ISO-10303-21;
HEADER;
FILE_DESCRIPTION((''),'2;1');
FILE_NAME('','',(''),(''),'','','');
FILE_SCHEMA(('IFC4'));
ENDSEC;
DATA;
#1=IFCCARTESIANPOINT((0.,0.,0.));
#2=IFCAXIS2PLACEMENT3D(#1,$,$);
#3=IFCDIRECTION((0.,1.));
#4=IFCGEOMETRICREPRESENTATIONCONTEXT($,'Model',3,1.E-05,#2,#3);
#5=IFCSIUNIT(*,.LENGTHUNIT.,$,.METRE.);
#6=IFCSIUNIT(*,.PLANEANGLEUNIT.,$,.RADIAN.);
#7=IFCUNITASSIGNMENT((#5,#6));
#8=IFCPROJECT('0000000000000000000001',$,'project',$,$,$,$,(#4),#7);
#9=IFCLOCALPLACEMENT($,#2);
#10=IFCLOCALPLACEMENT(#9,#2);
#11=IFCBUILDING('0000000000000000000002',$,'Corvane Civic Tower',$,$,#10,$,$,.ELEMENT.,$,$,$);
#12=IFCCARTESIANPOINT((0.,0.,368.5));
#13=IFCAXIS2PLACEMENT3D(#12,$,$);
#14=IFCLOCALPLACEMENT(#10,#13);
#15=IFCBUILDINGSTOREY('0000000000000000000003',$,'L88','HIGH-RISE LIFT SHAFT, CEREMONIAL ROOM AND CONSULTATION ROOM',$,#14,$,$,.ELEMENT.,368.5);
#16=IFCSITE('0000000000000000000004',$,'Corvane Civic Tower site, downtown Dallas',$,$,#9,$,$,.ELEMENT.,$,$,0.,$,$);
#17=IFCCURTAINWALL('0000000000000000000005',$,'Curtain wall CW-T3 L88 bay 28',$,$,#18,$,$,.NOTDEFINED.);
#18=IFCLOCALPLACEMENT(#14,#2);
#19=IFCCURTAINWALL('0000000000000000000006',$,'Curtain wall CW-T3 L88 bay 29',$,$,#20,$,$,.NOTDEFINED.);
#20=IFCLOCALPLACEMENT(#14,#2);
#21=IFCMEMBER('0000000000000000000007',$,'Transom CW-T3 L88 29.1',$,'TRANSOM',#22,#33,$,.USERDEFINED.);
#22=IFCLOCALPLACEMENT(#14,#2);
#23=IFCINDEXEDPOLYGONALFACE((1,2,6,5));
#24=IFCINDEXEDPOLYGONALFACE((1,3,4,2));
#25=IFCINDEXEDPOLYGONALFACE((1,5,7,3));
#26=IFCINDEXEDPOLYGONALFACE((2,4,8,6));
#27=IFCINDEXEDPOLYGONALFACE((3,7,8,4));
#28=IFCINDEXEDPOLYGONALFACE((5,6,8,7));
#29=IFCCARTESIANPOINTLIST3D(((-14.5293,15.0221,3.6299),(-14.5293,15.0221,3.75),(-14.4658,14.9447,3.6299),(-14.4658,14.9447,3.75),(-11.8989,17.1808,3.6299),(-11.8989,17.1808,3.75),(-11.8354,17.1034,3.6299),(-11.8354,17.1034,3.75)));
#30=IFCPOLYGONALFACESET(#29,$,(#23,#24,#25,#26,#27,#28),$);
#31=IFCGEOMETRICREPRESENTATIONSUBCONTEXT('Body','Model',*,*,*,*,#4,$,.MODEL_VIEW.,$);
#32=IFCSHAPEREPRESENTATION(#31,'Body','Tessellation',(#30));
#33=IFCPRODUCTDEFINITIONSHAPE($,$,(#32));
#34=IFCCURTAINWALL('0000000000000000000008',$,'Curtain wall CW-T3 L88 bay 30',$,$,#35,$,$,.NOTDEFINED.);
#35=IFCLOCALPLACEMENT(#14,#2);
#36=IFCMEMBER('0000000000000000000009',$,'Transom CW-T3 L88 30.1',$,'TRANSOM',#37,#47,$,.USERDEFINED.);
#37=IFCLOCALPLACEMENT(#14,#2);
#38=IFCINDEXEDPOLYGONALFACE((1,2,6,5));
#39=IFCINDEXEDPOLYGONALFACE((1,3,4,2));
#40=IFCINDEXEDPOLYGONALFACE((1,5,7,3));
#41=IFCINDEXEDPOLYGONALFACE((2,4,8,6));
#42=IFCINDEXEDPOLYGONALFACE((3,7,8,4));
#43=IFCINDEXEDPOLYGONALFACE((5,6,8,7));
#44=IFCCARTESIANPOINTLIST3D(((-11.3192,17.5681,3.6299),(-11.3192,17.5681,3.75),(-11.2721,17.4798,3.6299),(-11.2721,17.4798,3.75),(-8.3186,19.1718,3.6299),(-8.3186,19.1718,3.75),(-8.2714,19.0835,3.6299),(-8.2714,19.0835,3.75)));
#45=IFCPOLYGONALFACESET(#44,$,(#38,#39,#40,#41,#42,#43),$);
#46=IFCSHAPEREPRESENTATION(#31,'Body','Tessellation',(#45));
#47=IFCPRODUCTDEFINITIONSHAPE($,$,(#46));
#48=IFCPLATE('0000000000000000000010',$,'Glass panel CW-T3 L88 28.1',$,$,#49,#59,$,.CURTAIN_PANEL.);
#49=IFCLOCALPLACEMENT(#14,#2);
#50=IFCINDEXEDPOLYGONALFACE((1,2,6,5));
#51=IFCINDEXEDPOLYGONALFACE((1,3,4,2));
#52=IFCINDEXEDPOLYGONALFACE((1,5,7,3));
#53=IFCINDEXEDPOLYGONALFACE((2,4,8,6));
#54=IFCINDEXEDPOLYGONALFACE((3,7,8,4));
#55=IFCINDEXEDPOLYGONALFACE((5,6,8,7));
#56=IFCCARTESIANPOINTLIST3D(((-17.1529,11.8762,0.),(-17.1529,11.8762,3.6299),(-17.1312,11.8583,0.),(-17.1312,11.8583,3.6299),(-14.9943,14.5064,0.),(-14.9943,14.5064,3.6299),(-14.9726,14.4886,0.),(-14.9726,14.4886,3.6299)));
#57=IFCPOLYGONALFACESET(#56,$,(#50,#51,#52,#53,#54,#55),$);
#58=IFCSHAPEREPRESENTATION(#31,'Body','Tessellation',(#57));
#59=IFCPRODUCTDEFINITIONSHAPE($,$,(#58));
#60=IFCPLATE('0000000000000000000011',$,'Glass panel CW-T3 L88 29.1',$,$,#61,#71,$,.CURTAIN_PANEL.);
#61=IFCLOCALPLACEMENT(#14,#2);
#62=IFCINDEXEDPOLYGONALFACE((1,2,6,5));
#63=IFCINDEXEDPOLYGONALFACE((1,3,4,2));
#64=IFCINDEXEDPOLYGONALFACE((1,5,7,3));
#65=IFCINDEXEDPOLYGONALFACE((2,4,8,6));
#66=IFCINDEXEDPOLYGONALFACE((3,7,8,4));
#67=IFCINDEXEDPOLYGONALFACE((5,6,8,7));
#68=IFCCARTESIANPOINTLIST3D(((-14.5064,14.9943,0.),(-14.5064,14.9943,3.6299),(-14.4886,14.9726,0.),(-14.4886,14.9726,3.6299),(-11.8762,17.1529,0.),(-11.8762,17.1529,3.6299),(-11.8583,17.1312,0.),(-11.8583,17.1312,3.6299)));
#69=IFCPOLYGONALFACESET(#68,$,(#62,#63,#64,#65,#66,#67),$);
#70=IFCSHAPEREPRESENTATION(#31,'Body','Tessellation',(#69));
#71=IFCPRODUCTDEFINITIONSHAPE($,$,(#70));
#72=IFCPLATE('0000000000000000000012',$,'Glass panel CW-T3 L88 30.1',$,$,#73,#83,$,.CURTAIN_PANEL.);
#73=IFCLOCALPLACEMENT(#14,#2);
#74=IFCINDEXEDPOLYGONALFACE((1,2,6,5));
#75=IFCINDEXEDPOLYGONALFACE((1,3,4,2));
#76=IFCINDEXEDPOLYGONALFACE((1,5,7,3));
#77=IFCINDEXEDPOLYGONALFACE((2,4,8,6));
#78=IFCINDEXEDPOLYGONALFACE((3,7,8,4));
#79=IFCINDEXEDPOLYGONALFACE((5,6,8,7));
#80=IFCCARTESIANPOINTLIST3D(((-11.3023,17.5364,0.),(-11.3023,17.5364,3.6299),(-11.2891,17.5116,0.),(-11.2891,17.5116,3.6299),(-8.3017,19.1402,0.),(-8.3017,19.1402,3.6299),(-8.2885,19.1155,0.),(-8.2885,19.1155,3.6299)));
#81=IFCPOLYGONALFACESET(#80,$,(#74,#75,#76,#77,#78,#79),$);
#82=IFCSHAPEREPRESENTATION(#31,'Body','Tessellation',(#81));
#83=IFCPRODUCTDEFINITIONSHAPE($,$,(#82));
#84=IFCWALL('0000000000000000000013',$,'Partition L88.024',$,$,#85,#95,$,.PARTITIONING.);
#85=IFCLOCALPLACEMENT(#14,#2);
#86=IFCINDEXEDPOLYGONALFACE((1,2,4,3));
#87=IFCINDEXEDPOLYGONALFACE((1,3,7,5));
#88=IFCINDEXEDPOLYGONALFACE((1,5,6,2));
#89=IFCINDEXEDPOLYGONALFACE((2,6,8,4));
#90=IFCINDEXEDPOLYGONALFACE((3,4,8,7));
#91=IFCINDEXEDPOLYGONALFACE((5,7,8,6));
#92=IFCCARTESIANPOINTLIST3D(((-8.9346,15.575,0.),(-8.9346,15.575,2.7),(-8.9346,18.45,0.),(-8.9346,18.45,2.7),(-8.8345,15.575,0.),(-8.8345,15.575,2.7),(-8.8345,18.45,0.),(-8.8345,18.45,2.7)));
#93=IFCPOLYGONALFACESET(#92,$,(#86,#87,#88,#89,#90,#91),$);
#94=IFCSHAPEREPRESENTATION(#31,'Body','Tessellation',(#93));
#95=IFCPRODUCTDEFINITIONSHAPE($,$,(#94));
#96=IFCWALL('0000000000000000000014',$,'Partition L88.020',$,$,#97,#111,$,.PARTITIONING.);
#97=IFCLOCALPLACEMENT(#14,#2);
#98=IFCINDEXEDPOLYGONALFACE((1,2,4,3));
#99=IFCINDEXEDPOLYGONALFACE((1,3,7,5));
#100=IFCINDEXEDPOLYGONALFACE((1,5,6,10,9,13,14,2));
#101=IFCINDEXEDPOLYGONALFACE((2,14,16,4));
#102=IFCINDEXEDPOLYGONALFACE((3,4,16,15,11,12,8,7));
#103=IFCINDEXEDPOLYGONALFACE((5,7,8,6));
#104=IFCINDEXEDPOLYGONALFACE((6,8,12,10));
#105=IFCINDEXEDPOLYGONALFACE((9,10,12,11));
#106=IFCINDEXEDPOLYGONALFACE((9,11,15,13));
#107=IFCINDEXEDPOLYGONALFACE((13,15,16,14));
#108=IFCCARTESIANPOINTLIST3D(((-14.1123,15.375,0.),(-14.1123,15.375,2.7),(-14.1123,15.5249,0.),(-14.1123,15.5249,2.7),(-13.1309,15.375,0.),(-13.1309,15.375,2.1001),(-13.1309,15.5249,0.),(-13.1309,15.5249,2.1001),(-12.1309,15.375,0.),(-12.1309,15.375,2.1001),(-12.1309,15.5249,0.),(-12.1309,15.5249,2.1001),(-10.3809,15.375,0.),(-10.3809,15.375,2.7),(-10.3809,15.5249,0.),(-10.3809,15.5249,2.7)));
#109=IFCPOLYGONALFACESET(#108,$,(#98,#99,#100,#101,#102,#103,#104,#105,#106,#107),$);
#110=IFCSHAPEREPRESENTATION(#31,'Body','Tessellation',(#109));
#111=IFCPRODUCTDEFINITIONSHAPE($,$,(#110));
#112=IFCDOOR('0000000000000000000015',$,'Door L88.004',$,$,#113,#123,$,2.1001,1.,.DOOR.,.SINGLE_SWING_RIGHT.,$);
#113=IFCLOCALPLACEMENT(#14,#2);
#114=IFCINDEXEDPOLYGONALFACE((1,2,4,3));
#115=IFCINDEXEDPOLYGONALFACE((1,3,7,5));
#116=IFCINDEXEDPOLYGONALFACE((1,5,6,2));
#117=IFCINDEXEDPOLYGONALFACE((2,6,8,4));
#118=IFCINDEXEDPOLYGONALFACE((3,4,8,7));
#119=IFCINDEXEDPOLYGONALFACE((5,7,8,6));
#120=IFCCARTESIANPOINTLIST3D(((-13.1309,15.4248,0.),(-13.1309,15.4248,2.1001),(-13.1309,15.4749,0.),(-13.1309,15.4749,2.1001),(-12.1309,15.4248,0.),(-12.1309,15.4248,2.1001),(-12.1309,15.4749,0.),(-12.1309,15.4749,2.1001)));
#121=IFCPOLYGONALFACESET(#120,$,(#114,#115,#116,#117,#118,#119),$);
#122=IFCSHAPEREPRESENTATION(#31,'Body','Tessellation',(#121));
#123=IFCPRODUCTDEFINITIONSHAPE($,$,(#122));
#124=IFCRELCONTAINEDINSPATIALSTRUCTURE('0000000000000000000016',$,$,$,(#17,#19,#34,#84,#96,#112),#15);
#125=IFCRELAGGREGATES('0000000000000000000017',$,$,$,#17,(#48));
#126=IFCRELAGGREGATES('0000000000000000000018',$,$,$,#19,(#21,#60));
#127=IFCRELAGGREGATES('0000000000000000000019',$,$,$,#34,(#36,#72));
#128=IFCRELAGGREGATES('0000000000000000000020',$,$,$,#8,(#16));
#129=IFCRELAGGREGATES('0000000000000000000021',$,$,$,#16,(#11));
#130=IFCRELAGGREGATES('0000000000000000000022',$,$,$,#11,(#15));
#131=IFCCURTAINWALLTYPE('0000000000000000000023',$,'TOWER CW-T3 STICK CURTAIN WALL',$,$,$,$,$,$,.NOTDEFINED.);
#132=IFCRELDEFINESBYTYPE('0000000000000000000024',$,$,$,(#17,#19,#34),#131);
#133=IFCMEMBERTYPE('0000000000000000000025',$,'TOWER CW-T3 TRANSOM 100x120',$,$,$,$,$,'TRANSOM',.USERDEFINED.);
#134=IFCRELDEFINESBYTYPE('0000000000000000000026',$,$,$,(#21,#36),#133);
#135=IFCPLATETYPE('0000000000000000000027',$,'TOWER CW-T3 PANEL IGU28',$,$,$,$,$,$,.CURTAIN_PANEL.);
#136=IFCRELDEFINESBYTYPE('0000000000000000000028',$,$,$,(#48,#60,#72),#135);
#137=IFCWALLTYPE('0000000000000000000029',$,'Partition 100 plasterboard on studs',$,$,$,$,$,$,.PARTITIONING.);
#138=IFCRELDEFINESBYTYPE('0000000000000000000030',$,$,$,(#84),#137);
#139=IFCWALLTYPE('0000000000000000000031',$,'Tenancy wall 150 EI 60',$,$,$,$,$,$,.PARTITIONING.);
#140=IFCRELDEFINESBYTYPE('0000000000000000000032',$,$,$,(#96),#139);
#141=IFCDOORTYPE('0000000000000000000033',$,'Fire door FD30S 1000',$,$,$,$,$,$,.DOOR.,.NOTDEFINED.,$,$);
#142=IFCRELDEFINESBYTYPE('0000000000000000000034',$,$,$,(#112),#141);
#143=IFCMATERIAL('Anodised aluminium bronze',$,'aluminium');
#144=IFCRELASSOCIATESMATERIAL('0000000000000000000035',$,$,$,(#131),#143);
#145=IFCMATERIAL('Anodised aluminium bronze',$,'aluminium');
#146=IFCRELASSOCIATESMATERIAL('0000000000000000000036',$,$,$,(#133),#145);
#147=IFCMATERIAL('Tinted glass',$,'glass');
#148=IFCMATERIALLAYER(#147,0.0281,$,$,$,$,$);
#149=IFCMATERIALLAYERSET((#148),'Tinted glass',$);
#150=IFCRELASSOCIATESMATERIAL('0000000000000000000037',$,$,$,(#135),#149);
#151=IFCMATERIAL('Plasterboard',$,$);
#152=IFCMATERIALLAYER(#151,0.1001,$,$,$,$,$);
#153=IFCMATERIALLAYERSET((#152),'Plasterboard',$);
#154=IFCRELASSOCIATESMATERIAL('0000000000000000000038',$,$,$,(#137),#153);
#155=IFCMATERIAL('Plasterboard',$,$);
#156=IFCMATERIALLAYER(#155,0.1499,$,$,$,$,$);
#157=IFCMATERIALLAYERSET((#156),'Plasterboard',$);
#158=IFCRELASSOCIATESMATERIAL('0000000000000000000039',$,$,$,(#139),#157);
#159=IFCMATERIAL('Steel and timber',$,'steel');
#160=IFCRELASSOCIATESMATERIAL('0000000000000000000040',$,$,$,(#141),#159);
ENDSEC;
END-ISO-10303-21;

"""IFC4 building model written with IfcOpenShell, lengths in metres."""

from ifc_helpers import new_model, si_unit, direction, frame, frame_2d, origin, origin_2d, place, context, subcontext, project, spatial, rectangle, extrude, material, layer, layer_set, material_profile, profile_set, type_object, element, fill, aggregate, save


model = new_model("IFC4")

# Units and contexts
model_context = context("Model", 3, precision=1e-05, world=origin(), true_north=direction((0.0, 1.0)))
body_context = subcontext(model_context, "Body", "Model", "MODEL_VIEW")
ifc_project = project(units=[si_unit("LENGTHUNIT", "METRE"), si_unit("PLANEANGLEUNIT", "RADIAN")], contexts=[model_context])

# Site, building, storey
site_placement = place(None, origin())
site = spatial("IfcSite", under=ifc_project, at=site_placement, Name="Corvane Civic Tower site, downtown Dallas", CompositionType="ELEMENT", RefElevation=0.0)
building_placement = place(site_placement, origin())
building = spatial("IfcBuilding", under=site, at=building_placement, Name="Corvane Civic Tower", CompositionType="ELEMENT")
storey_placement = place(building_placement, frame((0.0, 0.0, 368.5)))
storey = spatial("IfcBuildingStorey", under=building, at=storey_placement, Name="L88", Description="HIGH-RISE LIFT SHAFT, CEREMONIAL ROOM AND CONSULTATION ROOM", CompositionType="ELEMENT", Elevation=368.5)

# Curtain walls, members
ifc_material_1 = material(Name="Anodised aluminium bronze", Category="aluminium")
curtain_wall_type = type_object("IfcCurtainWallType", Name="TOWER CW-T3 STICK CURTAIN WALL", PredefinedType="NOTDEFINED", material=ifc_material_1)
curtain_wall_1_placement = place(storey_placement, origin())
curtain_wall_1 = element("IfcCurtainWall", 1, at=curtain_wall_1_placement, inside=storey, type_object=curtain_wall_type, Name="Curtain wall CW-T3 L88 bay 28", PredefinedType="NOTDEFINED")
ifc_material_2 = material(Name="Anodised aluminium bronze", Category="aluminium")
ifc_material_profile_1 = material_profile(ifc_material_2, rectangle(XDim=0.1001, YDim=0.1201, at=origin_2d()), Name="TOWER CW-T3 TRANSOM 100x120")
ifc_profile_set_1 = profile_set([ifc_material_profile_1], Name="Anodised aluminium bronze")
member_type = type_object("IfcMemberType", Name="TOWER CW-T3 TRANSOM 100x120", ElementType="TRANSOM", PredefinedType="USERDEFINED", material=ifc_profile_set_1)
curtain_wall_2_placement = place(storey_placement, origin())
curtain_wall_2 = element("IfcCurtainWall", 2, at=curtain_wall_2_placement, inside=storey, type_object=curtain_wall_type, Name="Curtain wall CW-T3 L88 bay 29", PredefinedType="NOTDEFINED")
member_1_placement = place(storey_placement, frame((-14.4976, 14.9834, 3.6899), z_axis=(0.77301, 0.634394, 0.0), x_axis=(-0.634394, 0.77301, 0.0)))
member_1 = element("IfcMember", 3, at=member_1_placement, type_object=member_type, Name="Transom CW-T3 L88 29.1", ObjectType="TRANSOM", PredefinedType="USERDEFINED", context=body_context, shape_type="SweptSolid", body=[
    extrude(rectangle(XDim=0.1001, YDim=0.1201, at=origin_2d()), origin(), (0.0, 0.0, 1.0), 3.4028),
])
curtain_wall_3_placement = place(storey_placement, origin())
curtain_wall_3 = element("IfcCurtainWall", 4, at=curtain_wall_3_placement, inside=storey, type_object=curtain_wall_type, Name="Curtain wall CW-T3 L88 bay 30", PredefinedType="NOTDEFINED")
member_2_placement = place(storey_placement, frame((-11.2957, 17.5239, 3.6899), z_axis=(0.881941, 0.471359, 0.0), x_axis=(-0.471359, 0.881941, 0.0)))
member_2 = element("IfcMember", 5, at=member_2_placement, type_object=member_type, Name="Transom CW-T3 L88 30.1", ObjectType="TRANSOM", PredefinedType="USERDEFINED", context=body_context, shape_type="SweptSolid", body=[
    extrude(rectangle(XDim=0.1001, YDim=0.1201, at=origin_2d()), origin(), (0.0, 0.0, 1.0), 3.4023),
])

# Plates
ifc_material_3 = material(Name="Tinted glass", Category="glass")
ifc_layer_1 = layer(ifc_material_3, 0.0281)
ifc_layer_set_1 = layer_set([ifc_layer_1], Name="Tinted glass")
plate_type = type_object("IfcPlateType", Name="TOWER CW-T3 PANEL IGU28", PredefinedType="CURTAIN_PANEL", material=ifc_layer_set_1)
plate_1_placement = place(storey_placement, frame((-16.0627, 13.1824, 0.0), z_axis=(0.0, 0.0, 1.0), x_axis=(0.634393, 0.77301, 0.0)))
plate_1 = element("IfcPlate", 6, at=plate_1_placement, type_object=plate_type, Name="Glass panel CW-T3 L88 28.1", PredefinedType="CURTAIN_PANEL", context=body_context, shape_type="SweptSolid", body=[
    extrude(rectangle(XDim=3.4026, YDim=0.0281, at=origin_2d()), origin(), (0.0, 0.0, 1.0), 3.6299),
])
aggregate(curtain_wall_1, [plate_1])
plate_2_placement = place(storey_placement, frame((-13.1824, 16.0627, 0.0), z_axis=(0.0, 0.0, 1.0), x_axis=(0.77301, 0.634393, 0.0)))
plate_2 = element("IfcPlate", 7, at=plate_2_placement, type_object=plate_type, Name="Glass panel CW-T3 L88 29.1", PredefinedType="CURTAIN_PANEL", context=body_context, shape_type="SweptSolid", body=[
    extrude(rectangle(XDim=3.4026, YDim=0.0281, at=origin_2d()), origin(), (0.0, 0.0, 1.0), 3.6299),
])
aggregate(curtain_wall_2, [member_1, plate_2])
plate_3_placement = place(storey_placement, frame((-9.7954, 18.3259, 0.0), z_axis=(0.0, 0.0, 1.0), x_axis=(0.881928, 0.471384, 0.0)))
plate_3 = element("IfcPlate", 8, at=plate_3_placement, type_object=plate_type, Name="Glass panel CW-T3 L88 30.1", PredefinedType="CURTAIN_PANEL", context=body_context, shape_type="SweptSolid", body=[
    extrude(rectangle(XDim=3.4023, YDim=0.0281, at=origin_2d()), origin(), (0.0, 0.0, 1.0), 3.6299),
])
aggregate(curtain_wall_3, [member_2, plate_3])

# Wall
ifc_material_4 = material(Name="Plasterboard")
ifc_layer_2 = layer(ifc_material_4, 0.1001)
ifc_layer_set_2 = layer_set([ifc_layer_2], Name="Plasterboard")
wall_type_1 = type_object("IfcWallType", Name="Partition 100 plasterboard on studs", PredefinedType="PARTITIONING", material=ifc_layer_set_2)
wall_1_placement = place(storey_placement, frame((-8.8845, 15.575, 0.0), z_axis=(0.0, 0.0, 1.0), x_axis=(0.0, 1.0, 0.0)))
element("IfcWall", 9, at=wall_1_placement, inside=storey, type_object=wall_type_1, Name="Partition L88.024", PredefinedType="PARTITIONING", context=body_context, shape_type="SweptSolid", body=[
    extrude(rectangle(XDim=2.875, YDim=0.1001, at=frame_2d((1.4375, 0.0))), origin(), (0.0, 0.0, 1.0), 2.7),
])

# Wall, opening, door
ifc_material_5 = material(Name="Plasterboard")
ifc_layer_3 = layer(ifc_material_5, 0.1499)
ifc_layer_set_3 = layer_set([ifc_layer_3], Name="Plasterboard")
wall_type_2 = type_object("IfcWallType", Name="Tenancy wall 150 EI 60", PredefinedType="PARTITIONING", material=ifc_layer_set_3)
wall_2_placement = place(storey_placement, frame((-14.1123, 15.45, 0.0), z_axis=(0.0, 0.0, 1.0), x_axis=(1.0, 0.0, 0.0)))
wall_2 = element("IfcWall", 10, at=wall_2_placement, inside=storey, type_object=wall_type_2, Name="Partition L88.020", PredefinedType="PARTITIONING", context=body_context, shape_type="SweptSolid", body=[
    extrude(rectangle(XDim=3.7314, YDim=0.1499, at=frame_2d((1.8657, 0.0))), origin(), (0.0, 0.0, 1.0), 2.7),
])
opening_1_placement = place(wall_2_placement, frame((0.9814, 0.0, 0.0)))
opening_1 = element("IfcOpeningElement", 11, at=opening_1_placement, cuts=wall_2, PredefinedType="OPENING", context=body_context, shape_type="SweptSolid", body=[
    extrude(rectangle(XDim=1.0, YDim=2.1001, at=frame_2d((0.5, 1.05))), frame((0.0, 0.085, 0.0), z_axis=(0.0, -1.0, 0.0), x_axis=(1.0, 0.0, 0.0)), (0.0, 0.0, 1.0), 0.1699),
])
ifc_material_6 = material(Name="Steel and timber", Category="steel")
door_type_1 = type_object("IfcDoorType", Name="Fire door FD30S 1000", OperationType="NOTDEFINED", PredefinedType="DOOR", material=ifc_material_6)
door_1_placement = place(opening_1_placement, origin())
door_1 = element("IfcDoor", 12, at=door_1_placement, inside=storey, type_object=door_type_1, Name="Door L88.004", OperationType="SINGLE_SWING_RIGHT", OverallHeight=2.1001, OverallWidth=1.0, PredefinedType="DOOR", context=body_context, shape_type="SweptSolid", body=[
    extrude(rectangle(XDim=1.0, YDim=2.1001, at=frame_2d((0.5, 1.05))), frame((0.0, 0.0249, 0.0), z_axis=(0.0, -1.0, 0.0), x_axis=(1.0, 0.0, 0.0)), (0.0, 0.0, 1.0), 0.05),
])
fill(opening_1, door_1)

save(model, "model.ifc")
